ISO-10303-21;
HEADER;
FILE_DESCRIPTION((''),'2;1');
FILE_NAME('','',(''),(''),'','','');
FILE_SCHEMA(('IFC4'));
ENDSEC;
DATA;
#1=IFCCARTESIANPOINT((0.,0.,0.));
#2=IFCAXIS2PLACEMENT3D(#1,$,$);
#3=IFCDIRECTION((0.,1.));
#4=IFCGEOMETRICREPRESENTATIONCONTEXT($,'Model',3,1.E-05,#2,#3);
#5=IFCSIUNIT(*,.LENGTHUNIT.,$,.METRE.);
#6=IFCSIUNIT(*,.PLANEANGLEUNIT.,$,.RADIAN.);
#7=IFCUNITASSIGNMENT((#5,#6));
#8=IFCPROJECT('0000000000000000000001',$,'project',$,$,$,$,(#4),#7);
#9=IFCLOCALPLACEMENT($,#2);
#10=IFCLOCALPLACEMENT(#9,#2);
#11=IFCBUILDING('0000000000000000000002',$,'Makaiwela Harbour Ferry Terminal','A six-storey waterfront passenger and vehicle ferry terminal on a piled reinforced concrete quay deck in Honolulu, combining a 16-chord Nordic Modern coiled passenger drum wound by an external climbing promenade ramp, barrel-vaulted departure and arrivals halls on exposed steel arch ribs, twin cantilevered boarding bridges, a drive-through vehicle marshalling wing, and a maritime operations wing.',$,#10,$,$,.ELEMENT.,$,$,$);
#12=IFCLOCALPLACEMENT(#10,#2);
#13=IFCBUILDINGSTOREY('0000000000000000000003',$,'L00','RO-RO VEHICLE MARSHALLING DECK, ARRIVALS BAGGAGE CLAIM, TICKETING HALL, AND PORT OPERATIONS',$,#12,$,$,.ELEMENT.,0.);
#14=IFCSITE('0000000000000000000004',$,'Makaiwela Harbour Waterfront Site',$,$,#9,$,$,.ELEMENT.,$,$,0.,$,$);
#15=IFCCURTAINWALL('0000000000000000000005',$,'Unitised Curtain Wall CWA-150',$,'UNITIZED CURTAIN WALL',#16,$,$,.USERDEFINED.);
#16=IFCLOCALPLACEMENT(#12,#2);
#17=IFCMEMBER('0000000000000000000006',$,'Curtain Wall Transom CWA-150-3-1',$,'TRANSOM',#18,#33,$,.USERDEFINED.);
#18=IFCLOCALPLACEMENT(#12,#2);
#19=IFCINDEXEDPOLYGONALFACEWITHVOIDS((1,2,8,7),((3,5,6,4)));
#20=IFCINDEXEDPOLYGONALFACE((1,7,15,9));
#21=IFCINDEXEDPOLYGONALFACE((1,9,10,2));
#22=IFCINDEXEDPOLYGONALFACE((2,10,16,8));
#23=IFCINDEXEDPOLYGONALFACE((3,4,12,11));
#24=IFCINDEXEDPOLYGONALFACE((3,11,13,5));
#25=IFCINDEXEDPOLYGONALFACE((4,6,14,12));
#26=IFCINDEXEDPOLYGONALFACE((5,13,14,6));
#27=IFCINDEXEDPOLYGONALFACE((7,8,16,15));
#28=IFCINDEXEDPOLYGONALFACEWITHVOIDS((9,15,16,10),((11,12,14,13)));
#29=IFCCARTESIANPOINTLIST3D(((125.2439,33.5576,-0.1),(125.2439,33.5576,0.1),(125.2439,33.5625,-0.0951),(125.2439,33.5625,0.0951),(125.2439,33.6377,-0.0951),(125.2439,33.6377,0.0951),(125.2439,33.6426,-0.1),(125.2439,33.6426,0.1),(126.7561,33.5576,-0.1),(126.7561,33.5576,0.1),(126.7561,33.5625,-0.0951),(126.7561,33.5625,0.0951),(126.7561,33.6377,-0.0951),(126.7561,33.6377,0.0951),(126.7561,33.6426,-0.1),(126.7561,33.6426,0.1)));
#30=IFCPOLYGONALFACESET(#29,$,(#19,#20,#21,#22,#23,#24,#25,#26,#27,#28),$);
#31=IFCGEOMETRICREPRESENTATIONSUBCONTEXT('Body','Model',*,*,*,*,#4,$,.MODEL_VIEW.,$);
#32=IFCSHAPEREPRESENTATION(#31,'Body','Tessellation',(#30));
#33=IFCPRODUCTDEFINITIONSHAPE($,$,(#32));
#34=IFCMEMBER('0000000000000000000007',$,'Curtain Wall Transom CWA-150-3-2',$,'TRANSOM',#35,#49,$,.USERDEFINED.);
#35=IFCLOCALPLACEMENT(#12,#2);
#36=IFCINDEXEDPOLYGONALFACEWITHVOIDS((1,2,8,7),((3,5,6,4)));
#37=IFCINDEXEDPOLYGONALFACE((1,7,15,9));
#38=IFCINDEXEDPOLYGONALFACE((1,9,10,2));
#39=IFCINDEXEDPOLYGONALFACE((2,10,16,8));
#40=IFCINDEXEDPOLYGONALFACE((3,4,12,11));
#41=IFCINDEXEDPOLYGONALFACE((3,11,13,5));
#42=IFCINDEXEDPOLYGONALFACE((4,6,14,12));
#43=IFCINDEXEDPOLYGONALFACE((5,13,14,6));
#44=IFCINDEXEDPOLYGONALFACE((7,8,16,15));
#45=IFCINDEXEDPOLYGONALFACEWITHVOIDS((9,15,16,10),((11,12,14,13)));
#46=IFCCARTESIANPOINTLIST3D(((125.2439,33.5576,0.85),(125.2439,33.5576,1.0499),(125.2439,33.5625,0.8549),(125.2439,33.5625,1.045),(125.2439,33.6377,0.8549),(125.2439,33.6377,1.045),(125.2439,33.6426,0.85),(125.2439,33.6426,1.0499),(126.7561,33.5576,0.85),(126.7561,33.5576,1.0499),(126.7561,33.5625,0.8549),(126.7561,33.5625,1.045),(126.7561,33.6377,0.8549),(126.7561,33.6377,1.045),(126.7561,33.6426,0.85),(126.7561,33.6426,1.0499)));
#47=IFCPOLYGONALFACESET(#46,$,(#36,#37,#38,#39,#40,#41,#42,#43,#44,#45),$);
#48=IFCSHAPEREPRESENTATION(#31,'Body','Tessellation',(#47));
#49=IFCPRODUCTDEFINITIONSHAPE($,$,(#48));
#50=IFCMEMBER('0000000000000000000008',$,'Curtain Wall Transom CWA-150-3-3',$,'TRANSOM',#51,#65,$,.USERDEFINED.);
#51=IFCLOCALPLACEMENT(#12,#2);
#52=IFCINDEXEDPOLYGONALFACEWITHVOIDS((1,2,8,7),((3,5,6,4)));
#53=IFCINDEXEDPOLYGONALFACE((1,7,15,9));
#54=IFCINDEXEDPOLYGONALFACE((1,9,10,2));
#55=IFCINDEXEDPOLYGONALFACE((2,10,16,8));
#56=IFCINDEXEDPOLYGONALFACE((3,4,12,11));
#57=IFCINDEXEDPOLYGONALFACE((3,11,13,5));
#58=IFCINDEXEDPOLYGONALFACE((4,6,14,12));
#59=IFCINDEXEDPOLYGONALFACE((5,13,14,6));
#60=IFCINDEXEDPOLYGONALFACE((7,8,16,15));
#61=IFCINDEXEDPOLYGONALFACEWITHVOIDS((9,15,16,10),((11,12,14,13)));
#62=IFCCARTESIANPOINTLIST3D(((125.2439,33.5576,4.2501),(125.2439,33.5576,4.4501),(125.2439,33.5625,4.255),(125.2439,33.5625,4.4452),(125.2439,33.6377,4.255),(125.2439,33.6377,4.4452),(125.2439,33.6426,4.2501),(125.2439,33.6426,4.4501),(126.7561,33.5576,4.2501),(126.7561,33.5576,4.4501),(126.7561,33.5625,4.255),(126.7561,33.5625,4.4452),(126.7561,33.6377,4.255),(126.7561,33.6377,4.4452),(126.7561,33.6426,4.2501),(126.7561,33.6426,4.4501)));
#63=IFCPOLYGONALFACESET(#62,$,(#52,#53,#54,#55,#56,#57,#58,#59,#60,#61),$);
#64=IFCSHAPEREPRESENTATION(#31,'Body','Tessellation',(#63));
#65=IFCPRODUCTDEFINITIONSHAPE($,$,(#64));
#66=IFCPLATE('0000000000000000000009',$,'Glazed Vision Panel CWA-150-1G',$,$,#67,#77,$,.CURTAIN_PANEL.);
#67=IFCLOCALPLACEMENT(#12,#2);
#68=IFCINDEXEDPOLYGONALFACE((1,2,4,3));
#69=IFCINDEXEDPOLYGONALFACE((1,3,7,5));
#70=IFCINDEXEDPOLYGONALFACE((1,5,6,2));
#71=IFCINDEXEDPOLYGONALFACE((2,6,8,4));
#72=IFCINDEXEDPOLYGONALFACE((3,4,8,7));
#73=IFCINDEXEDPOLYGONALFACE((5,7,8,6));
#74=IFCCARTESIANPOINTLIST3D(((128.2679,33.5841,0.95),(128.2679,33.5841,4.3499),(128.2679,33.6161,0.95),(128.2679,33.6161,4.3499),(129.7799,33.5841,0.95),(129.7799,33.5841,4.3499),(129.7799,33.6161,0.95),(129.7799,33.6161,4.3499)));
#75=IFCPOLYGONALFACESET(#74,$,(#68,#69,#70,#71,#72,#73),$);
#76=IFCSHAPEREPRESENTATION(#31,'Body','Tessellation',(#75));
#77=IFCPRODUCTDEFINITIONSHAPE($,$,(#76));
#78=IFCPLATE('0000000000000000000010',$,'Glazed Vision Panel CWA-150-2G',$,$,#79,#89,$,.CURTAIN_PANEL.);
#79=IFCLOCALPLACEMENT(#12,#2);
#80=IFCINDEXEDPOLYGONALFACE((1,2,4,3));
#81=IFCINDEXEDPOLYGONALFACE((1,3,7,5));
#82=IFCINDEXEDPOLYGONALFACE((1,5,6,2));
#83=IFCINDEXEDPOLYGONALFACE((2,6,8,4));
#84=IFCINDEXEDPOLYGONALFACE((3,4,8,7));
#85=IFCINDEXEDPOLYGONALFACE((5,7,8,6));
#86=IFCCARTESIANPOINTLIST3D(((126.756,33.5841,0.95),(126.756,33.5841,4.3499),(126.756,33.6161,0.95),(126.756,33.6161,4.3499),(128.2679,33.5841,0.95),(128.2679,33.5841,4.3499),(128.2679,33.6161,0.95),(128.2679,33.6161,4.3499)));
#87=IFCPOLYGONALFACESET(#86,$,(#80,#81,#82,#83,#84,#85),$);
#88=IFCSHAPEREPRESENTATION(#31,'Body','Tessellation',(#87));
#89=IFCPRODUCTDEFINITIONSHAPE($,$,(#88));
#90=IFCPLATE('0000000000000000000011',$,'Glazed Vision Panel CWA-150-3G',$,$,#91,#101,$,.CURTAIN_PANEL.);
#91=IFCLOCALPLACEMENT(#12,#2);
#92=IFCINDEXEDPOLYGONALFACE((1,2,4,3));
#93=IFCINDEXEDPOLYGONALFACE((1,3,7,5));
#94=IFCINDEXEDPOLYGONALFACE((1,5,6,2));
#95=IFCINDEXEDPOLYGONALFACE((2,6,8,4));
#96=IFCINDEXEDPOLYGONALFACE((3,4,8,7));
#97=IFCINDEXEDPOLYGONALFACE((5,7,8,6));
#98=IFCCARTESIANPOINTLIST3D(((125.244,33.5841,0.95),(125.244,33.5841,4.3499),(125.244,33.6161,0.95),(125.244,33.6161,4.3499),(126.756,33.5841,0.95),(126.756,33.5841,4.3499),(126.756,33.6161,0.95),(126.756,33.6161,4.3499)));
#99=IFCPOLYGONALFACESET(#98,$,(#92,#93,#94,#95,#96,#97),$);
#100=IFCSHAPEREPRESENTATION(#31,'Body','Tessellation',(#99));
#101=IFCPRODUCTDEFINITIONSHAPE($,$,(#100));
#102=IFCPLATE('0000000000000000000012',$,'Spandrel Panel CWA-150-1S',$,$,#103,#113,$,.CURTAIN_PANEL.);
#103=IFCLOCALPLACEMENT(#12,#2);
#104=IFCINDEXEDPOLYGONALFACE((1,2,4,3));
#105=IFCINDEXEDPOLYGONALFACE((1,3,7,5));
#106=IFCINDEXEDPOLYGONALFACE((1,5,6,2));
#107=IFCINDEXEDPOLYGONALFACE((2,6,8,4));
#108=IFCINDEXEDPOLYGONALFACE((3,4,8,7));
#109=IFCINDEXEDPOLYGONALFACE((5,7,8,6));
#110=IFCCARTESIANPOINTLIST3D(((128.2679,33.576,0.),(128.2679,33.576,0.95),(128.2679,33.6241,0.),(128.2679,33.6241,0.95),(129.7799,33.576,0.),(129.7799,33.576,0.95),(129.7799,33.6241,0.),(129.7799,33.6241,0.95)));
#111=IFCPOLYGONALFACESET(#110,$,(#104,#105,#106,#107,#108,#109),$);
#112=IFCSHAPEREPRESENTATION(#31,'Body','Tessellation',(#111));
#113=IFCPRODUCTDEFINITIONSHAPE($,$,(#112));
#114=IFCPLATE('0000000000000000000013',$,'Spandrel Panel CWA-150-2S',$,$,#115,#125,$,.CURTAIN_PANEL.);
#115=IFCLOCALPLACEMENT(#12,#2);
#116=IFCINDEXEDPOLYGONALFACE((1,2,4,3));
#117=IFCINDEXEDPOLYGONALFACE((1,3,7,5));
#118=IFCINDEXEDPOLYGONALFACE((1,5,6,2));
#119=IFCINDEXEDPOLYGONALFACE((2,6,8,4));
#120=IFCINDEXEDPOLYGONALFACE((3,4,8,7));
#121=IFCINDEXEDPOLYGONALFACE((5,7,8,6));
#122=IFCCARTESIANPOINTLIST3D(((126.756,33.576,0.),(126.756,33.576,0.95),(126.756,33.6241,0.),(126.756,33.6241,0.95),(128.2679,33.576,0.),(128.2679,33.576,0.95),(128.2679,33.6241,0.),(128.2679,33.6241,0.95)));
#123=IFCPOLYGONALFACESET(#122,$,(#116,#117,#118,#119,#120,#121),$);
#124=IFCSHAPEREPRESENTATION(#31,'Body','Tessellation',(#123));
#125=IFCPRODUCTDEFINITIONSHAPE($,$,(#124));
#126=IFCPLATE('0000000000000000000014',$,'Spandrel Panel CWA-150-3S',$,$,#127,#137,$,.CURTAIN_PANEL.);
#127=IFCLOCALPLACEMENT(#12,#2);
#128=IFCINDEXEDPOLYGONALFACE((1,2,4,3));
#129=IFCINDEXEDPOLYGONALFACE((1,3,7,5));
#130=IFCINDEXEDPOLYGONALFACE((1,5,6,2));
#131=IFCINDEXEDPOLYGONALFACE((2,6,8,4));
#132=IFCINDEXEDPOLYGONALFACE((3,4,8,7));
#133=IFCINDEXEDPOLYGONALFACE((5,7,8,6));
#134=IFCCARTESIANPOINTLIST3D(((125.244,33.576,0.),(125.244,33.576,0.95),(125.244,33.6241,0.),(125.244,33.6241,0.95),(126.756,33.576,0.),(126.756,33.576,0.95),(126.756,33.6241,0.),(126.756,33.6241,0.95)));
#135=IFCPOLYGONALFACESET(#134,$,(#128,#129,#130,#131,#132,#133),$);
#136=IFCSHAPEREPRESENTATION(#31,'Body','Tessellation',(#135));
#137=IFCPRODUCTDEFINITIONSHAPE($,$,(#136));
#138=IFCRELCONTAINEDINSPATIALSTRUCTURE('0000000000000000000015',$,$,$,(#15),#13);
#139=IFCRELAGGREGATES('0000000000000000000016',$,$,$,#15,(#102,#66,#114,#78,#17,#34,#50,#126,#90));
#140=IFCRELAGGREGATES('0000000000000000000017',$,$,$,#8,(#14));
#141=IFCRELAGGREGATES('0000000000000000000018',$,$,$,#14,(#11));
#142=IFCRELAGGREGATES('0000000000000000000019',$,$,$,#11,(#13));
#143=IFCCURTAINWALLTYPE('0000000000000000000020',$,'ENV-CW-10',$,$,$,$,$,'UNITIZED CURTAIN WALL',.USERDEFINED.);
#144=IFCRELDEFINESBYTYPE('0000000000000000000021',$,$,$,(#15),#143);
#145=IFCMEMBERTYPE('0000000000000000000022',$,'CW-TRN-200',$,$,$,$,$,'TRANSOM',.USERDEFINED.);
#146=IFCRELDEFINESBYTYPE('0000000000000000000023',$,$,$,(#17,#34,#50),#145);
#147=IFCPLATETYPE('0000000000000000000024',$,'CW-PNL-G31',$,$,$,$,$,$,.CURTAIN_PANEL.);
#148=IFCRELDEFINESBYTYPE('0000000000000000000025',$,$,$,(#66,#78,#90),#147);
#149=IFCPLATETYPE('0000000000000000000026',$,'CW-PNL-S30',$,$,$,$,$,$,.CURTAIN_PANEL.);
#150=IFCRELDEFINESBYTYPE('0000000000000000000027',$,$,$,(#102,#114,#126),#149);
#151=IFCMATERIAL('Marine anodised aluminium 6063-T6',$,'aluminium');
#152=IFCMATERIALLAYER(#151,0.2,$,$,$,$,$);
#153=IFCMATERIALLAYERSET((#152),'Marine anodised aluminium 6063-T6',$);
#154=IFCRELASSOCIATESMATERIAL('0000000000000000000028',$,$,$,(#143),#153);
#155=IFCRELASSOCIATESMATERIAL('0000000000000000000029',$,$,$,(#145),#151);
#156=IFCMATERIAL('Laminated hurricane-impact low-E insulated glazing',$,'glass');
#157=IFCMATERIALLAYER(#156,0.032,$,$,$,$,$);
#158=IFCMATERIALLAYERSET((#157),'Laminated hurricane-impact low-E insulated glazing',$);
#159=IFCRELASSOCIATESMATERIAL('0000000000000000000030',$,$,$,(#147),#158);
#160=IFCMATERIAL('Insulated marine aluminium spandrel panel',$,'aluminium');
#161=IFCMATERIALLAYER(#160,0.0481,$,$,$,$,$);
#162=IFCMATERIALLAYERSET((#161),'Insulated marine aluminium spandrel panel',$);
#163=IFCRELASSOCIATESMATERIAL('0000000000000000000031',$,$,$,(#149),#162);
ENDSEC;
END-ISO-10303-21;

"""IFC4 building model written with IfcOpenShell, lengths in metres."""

from ifc_helpers import new_model, si_unit, direction, frame, origin, origin_2d, place, context, subcontext, project, spatial, rectangle, hollow_rectangle, extrude, material, layer, layer_set, material_profile, profile_set, type_object, element, aggregate, save


model = new_model("IFC4")

# Units and contexts
model_context = context("Model", 3, precision=1e-05, world=origin(), true_north=direction((0.0, 1.0)))
body_context = subcontext(model_context, "Body", "Model", "MODEL_VIEW")
ifc_project = project(units=[si_unit("LENGTHUNIT", "METRE"), si_unit("PLANEANGLEUNIT", "RADIAN")], contexts=[model_context])

# Site, building, storey
site_placement = place(None, origin())
site = spatial("IfcSite", under=ifc_project, at=site_placement, Name="Makaiwela Harbour Waterfront Site", CompositionType="ELEMENT", RefElevation=0.0)
building_placement = place(site_placement, origin())
building = spatial("IfcBuilding", under=site, at=building_placement, Name="Makaiwela Harbour Ferry Terminal", Description="A six-storey waterfront passenger and vehicle ferry terminal on a piled reinforced concrete quay deck in Honolulu, combining a 16-chord Nordic Modern coiled passenger drum wound by an external climbing promenade ramp, barrel-vaulted departure and arrivals halls on exposed steel arch ribs, twin cantilevered boarding bridges, a drive-through vehicle marshalling wing, and a maritime operations wing.", CompositionType="ELEMENT")
storey_placement = place(building_placement, origin())
storey = spatial("IfcBuildingStorey", under=building, at=storey_placement, Name="L00", Description="RO-RO VEHICLE MARSHALLING DECK, ARRIVALS BAGGAGE CLAIM, TICKETING HALL, AND PORT OPERATIONS", CompositionType="ELEMENT", Elevation=0.0)

# Curtain wall, members, plates
ifc_material_1 = material(Name="Marine anodised aluminium 6063-T6", Category="aluminium")
ifc_layer_1 = layer(ifc_material_1, 0.2)
ifc_layer_set_1 = layer_set([ifc_layer_1], Name="Marine anodised aluminium 6063-T6")
curtain_wall_type = type_object("IfcCurtainWallType", Name="ENV-CW-10", ElementType="UNITIZED CURTAIN WALL", PredefinedType="USERDEFINED", material=ifc_layer_set_1)
curtain_wall_placement = place(storey_placement, origin())
curtain_wall = element("IfcCurtainWall", 1, at=curtain_wall_placement, inside=storey, type_object=curtain_wall_type, Name="Unitised Curtain Wall CWA-150", ObjectType="UNITIZED CURTAIN WALL", PredefinedType="USERDEFINED")
ifc_material_profile_1 = material_profile(ifc_material_1, hollow_rectangle(XDim=0.085, YDim=0.2, WallThickness=0.0049, at=origin_2d()), Name="CWT-200X85")
ifc_profile_set_1 = profile_set([ifc_material_profile_1], Name="Marine anodised aluminium 6063-T6")
member_type_1 = type_object("IfcMemberType", Name="CW-TRN-200", ElementType="TRANSOM", PredefinedType="USERDEFINED", material=ifc_profile_set_1)
member_1_placement = place(storey_placement, frame((126.7561, 33.6001, 0.0), z_axis=(-1.0, 0.0, 0.0), x_axis=(0.0, -1.0, 0.0)))
member_1 = element("IfcMember", 2, at=member_1_placement, type_object=member_type_1, Name="Curtain Wall Transom CWA-150-3-1", ObjectType="TRANSOM", PredefinedType="USERDEFINED", context=body_context, shape_type="SweptSolid", body=[
    extrude(hollow_rectangle(XDim=0.085, YDim=0.2, WallThickness=0.0049, at=origin_2d()), origin(), (0.0, 0.0, 1.0), 1.5122),
])
member_2_placement = place(storey_placement, frame((126.7561, 33.6001, 0.95), z_axis=(-1.0, 0.0, 0.0), x_axis=(0.0, -1.0, 0.0)))
member_2 = element("IfcMember", 3, at=member_2_placement, type_object=member_type_1, Name="Curtain Wall Transom CWA-150-3-2", ObjectType="TRANSOM", PredefinedType="USERDEFINED", context=body_context, shape_type="SweptSolid", body=[
    extrude(hollow_rectangle(XDim=0.085, YDim=0.2, WallThickness=0.0049, at=origin_2d()), origin(), (0.0, 0.0, 1.0), 1.5122),
])
member_3_placement = place(storey_placement, frame((126.7561, 33.6001, 4.3501), z_axis=(-1.0, 0.0, 0.0), x_axis=(0.0, -1.0, 0.0)))
member_3 = element("IfcMember", 4, at=member_3_placement, type_object=member_type_1, Name="Curtain Wall Transom CWA-150-3-3", ObjectType="TRANSOM", PredefinedType="USERDEFINED", context=body_context, shape_type="SweptSolid", body=[
    extrude(hollow_rectangle(XDim=0.085, YDim=0.2, WallThickness=0.0049, at=origin_2d()), origin(), (0.0, 0.0, 1.0), 1.5122),
])
ifc_material_2 = material(Name="Laminated hurricane-impact low-E insulated glazing", Category="glass")
ifc_layer_2 = layer(ifc_material_2, 0.032)
ifc_layer_set_2 = layer_set([ifc_layer_2], Name="Laminated hurricane-impact low-E insulated glazing")
plate_type_1 = type_object("IfcPlateType", Name="CW-PNL-G31", PredefinedType="CURTAIN_PANEL", material=ifc_layer_set_2)
plate_1_placement = place(storey_placement, frame((129.0239, 33.6001, 0.95), z_axis=(0.0, 0.0, 1.0), x_axis=(-1.0, 0.0, 0.0)))
plate_1 = element("IfcPlate", 5, at=plate_1_placement, type_object=plate_type_1, Name="Glazed Vision Panel CWA-150-1G", PredefinedType="CURTAIN_PANEL", context=body_context, shape_type="SweptSolid", body=[
    extrude(rectangle(XDim=1.512, YDim=0.032, at=origin_2d()), origin(), (0.0, 0.0, 1.0), 3.3999),
])
plate_2_placement = place(storey_placement, frame((127.512, 33.6001, 0.95), z_axis=(0.0, 0.0, 1.0), x_axis=(-1.0, 0.0, 0.0)))
plate_2 = element("IfcPlate", 6, at=plate_2_placement, type_object=plate_type_1, Name="Glazed Vision Panel CWA-150-2G", PredefinedType="CURTAIN_PANEL", context=body_context, shape_type="SweptSolid", body=[
    extrude(rectangle(XDim=1.512, YDim=0.032, at=origin_2d()), origin(), (0.0, 0.0, 1.0), 3.3999),
])
plate_3_placement = place(storey_placement, frame((126.0, 33.6001, 0.95), z_axis=(0.0, 0.0, 1.0), x_axis=(-1.0, 0.0, 0.0)))
plate_3 = element("IfcPlate", 7, at=plate_3_placement, type_object=plate_type_1, Name="Glazed Vision Panel CWA-150-3G", PredefinedType="CURTAIN_PANEL", context=body_context, shape_type="SweptSolid", body=[
    extrude(rectangle(XDim=1.512, YDim=0.032, at=origin_2d()), origin(), (0.0, 0.0, 1.0), 3.3999),
])
ifc_material_3 = material(Name="Insulated marine aluminium spandrel panel", Category="aluminium")
ifc_layer_3 = layer(ifc_material_3, 0.0481)
ifc_layer_set_3 = layer_set([ifc_layer_3], Name="Insulated marine aluminium spandrel panel")
plate_type_2 = type_object("IfcPlateType", Name="CW-PNL-S30", PredefinedType="CURTAIN_PANEL", material=ifc_layer_set_3)
plate_4_placement = place(storey_placement, frame((129.0239, 33.6001, 0.0), z_axis=(0.0, 0.0, 1.0), x_axis=(-1.0, 0.0, 0.0)))
plate_4 = element("IfcPlate", 8, at=plate_4_placement, type_object=plate_type_2, Name="Spandrel Panel CWA-150-1S", PredefinedType="CURTAIN_PANEL", context=body_context, shape_type="SweptSolid", body=[
    extrude(rectangle(XDim=1.512, YDim=0.0481, at=origin_2d()), origin(), (0.0, 0.0, 1.0), 0.95),
])
plate_5_placement = place(storey_placement, frame((127.512, 33.6001, 0.0), z_axis=(0.0, 0.0, 1.0), x_axis=(-1.0, 0.0, 0.0)))
plate_5 = element("IfcPlate", 9, at=plate_5_placement, type_object=plate_type_2, Name="Spandrel Panel CWA-150-2S", PredefinedType="CURTAIN_PANEL", context=body_context, shape_type="SweptSolid", body=[
    extrude(rectangle(XDim=1.512, YDim=0.0481, at=origin_2d()), origin(), (0.0, 0.0, 1.0), 0.95),
])
plate_6_placement = place(storey_placement, frame((126.0, 33.6001, 0.0), z_axis=(0.0, 0.0, 1.0), x_axis=(-1.0, 0.0, 0.0)))
plate_6 = element("IfcPlate", 10, at=plate_6_placement, type_object=plate_type_2, Name="Spandrel Panel CWA-150-3S", PredefinedType="CURTAIN_PANEL", context=body_context, shape_type="SweptSolid", body=[
    extrude(rectangle(XDim=1.512, YDim=0.0481, at=origin_2d()), origin(), (0.0, 0.0, 1.0), 0.95),
])
aggregate(curtain_wall, [plate_4, plate_1, plate_5, plate_2, member_1, member_2, member_3, plate_6, plate_3])

save(model, "model.ifc")
